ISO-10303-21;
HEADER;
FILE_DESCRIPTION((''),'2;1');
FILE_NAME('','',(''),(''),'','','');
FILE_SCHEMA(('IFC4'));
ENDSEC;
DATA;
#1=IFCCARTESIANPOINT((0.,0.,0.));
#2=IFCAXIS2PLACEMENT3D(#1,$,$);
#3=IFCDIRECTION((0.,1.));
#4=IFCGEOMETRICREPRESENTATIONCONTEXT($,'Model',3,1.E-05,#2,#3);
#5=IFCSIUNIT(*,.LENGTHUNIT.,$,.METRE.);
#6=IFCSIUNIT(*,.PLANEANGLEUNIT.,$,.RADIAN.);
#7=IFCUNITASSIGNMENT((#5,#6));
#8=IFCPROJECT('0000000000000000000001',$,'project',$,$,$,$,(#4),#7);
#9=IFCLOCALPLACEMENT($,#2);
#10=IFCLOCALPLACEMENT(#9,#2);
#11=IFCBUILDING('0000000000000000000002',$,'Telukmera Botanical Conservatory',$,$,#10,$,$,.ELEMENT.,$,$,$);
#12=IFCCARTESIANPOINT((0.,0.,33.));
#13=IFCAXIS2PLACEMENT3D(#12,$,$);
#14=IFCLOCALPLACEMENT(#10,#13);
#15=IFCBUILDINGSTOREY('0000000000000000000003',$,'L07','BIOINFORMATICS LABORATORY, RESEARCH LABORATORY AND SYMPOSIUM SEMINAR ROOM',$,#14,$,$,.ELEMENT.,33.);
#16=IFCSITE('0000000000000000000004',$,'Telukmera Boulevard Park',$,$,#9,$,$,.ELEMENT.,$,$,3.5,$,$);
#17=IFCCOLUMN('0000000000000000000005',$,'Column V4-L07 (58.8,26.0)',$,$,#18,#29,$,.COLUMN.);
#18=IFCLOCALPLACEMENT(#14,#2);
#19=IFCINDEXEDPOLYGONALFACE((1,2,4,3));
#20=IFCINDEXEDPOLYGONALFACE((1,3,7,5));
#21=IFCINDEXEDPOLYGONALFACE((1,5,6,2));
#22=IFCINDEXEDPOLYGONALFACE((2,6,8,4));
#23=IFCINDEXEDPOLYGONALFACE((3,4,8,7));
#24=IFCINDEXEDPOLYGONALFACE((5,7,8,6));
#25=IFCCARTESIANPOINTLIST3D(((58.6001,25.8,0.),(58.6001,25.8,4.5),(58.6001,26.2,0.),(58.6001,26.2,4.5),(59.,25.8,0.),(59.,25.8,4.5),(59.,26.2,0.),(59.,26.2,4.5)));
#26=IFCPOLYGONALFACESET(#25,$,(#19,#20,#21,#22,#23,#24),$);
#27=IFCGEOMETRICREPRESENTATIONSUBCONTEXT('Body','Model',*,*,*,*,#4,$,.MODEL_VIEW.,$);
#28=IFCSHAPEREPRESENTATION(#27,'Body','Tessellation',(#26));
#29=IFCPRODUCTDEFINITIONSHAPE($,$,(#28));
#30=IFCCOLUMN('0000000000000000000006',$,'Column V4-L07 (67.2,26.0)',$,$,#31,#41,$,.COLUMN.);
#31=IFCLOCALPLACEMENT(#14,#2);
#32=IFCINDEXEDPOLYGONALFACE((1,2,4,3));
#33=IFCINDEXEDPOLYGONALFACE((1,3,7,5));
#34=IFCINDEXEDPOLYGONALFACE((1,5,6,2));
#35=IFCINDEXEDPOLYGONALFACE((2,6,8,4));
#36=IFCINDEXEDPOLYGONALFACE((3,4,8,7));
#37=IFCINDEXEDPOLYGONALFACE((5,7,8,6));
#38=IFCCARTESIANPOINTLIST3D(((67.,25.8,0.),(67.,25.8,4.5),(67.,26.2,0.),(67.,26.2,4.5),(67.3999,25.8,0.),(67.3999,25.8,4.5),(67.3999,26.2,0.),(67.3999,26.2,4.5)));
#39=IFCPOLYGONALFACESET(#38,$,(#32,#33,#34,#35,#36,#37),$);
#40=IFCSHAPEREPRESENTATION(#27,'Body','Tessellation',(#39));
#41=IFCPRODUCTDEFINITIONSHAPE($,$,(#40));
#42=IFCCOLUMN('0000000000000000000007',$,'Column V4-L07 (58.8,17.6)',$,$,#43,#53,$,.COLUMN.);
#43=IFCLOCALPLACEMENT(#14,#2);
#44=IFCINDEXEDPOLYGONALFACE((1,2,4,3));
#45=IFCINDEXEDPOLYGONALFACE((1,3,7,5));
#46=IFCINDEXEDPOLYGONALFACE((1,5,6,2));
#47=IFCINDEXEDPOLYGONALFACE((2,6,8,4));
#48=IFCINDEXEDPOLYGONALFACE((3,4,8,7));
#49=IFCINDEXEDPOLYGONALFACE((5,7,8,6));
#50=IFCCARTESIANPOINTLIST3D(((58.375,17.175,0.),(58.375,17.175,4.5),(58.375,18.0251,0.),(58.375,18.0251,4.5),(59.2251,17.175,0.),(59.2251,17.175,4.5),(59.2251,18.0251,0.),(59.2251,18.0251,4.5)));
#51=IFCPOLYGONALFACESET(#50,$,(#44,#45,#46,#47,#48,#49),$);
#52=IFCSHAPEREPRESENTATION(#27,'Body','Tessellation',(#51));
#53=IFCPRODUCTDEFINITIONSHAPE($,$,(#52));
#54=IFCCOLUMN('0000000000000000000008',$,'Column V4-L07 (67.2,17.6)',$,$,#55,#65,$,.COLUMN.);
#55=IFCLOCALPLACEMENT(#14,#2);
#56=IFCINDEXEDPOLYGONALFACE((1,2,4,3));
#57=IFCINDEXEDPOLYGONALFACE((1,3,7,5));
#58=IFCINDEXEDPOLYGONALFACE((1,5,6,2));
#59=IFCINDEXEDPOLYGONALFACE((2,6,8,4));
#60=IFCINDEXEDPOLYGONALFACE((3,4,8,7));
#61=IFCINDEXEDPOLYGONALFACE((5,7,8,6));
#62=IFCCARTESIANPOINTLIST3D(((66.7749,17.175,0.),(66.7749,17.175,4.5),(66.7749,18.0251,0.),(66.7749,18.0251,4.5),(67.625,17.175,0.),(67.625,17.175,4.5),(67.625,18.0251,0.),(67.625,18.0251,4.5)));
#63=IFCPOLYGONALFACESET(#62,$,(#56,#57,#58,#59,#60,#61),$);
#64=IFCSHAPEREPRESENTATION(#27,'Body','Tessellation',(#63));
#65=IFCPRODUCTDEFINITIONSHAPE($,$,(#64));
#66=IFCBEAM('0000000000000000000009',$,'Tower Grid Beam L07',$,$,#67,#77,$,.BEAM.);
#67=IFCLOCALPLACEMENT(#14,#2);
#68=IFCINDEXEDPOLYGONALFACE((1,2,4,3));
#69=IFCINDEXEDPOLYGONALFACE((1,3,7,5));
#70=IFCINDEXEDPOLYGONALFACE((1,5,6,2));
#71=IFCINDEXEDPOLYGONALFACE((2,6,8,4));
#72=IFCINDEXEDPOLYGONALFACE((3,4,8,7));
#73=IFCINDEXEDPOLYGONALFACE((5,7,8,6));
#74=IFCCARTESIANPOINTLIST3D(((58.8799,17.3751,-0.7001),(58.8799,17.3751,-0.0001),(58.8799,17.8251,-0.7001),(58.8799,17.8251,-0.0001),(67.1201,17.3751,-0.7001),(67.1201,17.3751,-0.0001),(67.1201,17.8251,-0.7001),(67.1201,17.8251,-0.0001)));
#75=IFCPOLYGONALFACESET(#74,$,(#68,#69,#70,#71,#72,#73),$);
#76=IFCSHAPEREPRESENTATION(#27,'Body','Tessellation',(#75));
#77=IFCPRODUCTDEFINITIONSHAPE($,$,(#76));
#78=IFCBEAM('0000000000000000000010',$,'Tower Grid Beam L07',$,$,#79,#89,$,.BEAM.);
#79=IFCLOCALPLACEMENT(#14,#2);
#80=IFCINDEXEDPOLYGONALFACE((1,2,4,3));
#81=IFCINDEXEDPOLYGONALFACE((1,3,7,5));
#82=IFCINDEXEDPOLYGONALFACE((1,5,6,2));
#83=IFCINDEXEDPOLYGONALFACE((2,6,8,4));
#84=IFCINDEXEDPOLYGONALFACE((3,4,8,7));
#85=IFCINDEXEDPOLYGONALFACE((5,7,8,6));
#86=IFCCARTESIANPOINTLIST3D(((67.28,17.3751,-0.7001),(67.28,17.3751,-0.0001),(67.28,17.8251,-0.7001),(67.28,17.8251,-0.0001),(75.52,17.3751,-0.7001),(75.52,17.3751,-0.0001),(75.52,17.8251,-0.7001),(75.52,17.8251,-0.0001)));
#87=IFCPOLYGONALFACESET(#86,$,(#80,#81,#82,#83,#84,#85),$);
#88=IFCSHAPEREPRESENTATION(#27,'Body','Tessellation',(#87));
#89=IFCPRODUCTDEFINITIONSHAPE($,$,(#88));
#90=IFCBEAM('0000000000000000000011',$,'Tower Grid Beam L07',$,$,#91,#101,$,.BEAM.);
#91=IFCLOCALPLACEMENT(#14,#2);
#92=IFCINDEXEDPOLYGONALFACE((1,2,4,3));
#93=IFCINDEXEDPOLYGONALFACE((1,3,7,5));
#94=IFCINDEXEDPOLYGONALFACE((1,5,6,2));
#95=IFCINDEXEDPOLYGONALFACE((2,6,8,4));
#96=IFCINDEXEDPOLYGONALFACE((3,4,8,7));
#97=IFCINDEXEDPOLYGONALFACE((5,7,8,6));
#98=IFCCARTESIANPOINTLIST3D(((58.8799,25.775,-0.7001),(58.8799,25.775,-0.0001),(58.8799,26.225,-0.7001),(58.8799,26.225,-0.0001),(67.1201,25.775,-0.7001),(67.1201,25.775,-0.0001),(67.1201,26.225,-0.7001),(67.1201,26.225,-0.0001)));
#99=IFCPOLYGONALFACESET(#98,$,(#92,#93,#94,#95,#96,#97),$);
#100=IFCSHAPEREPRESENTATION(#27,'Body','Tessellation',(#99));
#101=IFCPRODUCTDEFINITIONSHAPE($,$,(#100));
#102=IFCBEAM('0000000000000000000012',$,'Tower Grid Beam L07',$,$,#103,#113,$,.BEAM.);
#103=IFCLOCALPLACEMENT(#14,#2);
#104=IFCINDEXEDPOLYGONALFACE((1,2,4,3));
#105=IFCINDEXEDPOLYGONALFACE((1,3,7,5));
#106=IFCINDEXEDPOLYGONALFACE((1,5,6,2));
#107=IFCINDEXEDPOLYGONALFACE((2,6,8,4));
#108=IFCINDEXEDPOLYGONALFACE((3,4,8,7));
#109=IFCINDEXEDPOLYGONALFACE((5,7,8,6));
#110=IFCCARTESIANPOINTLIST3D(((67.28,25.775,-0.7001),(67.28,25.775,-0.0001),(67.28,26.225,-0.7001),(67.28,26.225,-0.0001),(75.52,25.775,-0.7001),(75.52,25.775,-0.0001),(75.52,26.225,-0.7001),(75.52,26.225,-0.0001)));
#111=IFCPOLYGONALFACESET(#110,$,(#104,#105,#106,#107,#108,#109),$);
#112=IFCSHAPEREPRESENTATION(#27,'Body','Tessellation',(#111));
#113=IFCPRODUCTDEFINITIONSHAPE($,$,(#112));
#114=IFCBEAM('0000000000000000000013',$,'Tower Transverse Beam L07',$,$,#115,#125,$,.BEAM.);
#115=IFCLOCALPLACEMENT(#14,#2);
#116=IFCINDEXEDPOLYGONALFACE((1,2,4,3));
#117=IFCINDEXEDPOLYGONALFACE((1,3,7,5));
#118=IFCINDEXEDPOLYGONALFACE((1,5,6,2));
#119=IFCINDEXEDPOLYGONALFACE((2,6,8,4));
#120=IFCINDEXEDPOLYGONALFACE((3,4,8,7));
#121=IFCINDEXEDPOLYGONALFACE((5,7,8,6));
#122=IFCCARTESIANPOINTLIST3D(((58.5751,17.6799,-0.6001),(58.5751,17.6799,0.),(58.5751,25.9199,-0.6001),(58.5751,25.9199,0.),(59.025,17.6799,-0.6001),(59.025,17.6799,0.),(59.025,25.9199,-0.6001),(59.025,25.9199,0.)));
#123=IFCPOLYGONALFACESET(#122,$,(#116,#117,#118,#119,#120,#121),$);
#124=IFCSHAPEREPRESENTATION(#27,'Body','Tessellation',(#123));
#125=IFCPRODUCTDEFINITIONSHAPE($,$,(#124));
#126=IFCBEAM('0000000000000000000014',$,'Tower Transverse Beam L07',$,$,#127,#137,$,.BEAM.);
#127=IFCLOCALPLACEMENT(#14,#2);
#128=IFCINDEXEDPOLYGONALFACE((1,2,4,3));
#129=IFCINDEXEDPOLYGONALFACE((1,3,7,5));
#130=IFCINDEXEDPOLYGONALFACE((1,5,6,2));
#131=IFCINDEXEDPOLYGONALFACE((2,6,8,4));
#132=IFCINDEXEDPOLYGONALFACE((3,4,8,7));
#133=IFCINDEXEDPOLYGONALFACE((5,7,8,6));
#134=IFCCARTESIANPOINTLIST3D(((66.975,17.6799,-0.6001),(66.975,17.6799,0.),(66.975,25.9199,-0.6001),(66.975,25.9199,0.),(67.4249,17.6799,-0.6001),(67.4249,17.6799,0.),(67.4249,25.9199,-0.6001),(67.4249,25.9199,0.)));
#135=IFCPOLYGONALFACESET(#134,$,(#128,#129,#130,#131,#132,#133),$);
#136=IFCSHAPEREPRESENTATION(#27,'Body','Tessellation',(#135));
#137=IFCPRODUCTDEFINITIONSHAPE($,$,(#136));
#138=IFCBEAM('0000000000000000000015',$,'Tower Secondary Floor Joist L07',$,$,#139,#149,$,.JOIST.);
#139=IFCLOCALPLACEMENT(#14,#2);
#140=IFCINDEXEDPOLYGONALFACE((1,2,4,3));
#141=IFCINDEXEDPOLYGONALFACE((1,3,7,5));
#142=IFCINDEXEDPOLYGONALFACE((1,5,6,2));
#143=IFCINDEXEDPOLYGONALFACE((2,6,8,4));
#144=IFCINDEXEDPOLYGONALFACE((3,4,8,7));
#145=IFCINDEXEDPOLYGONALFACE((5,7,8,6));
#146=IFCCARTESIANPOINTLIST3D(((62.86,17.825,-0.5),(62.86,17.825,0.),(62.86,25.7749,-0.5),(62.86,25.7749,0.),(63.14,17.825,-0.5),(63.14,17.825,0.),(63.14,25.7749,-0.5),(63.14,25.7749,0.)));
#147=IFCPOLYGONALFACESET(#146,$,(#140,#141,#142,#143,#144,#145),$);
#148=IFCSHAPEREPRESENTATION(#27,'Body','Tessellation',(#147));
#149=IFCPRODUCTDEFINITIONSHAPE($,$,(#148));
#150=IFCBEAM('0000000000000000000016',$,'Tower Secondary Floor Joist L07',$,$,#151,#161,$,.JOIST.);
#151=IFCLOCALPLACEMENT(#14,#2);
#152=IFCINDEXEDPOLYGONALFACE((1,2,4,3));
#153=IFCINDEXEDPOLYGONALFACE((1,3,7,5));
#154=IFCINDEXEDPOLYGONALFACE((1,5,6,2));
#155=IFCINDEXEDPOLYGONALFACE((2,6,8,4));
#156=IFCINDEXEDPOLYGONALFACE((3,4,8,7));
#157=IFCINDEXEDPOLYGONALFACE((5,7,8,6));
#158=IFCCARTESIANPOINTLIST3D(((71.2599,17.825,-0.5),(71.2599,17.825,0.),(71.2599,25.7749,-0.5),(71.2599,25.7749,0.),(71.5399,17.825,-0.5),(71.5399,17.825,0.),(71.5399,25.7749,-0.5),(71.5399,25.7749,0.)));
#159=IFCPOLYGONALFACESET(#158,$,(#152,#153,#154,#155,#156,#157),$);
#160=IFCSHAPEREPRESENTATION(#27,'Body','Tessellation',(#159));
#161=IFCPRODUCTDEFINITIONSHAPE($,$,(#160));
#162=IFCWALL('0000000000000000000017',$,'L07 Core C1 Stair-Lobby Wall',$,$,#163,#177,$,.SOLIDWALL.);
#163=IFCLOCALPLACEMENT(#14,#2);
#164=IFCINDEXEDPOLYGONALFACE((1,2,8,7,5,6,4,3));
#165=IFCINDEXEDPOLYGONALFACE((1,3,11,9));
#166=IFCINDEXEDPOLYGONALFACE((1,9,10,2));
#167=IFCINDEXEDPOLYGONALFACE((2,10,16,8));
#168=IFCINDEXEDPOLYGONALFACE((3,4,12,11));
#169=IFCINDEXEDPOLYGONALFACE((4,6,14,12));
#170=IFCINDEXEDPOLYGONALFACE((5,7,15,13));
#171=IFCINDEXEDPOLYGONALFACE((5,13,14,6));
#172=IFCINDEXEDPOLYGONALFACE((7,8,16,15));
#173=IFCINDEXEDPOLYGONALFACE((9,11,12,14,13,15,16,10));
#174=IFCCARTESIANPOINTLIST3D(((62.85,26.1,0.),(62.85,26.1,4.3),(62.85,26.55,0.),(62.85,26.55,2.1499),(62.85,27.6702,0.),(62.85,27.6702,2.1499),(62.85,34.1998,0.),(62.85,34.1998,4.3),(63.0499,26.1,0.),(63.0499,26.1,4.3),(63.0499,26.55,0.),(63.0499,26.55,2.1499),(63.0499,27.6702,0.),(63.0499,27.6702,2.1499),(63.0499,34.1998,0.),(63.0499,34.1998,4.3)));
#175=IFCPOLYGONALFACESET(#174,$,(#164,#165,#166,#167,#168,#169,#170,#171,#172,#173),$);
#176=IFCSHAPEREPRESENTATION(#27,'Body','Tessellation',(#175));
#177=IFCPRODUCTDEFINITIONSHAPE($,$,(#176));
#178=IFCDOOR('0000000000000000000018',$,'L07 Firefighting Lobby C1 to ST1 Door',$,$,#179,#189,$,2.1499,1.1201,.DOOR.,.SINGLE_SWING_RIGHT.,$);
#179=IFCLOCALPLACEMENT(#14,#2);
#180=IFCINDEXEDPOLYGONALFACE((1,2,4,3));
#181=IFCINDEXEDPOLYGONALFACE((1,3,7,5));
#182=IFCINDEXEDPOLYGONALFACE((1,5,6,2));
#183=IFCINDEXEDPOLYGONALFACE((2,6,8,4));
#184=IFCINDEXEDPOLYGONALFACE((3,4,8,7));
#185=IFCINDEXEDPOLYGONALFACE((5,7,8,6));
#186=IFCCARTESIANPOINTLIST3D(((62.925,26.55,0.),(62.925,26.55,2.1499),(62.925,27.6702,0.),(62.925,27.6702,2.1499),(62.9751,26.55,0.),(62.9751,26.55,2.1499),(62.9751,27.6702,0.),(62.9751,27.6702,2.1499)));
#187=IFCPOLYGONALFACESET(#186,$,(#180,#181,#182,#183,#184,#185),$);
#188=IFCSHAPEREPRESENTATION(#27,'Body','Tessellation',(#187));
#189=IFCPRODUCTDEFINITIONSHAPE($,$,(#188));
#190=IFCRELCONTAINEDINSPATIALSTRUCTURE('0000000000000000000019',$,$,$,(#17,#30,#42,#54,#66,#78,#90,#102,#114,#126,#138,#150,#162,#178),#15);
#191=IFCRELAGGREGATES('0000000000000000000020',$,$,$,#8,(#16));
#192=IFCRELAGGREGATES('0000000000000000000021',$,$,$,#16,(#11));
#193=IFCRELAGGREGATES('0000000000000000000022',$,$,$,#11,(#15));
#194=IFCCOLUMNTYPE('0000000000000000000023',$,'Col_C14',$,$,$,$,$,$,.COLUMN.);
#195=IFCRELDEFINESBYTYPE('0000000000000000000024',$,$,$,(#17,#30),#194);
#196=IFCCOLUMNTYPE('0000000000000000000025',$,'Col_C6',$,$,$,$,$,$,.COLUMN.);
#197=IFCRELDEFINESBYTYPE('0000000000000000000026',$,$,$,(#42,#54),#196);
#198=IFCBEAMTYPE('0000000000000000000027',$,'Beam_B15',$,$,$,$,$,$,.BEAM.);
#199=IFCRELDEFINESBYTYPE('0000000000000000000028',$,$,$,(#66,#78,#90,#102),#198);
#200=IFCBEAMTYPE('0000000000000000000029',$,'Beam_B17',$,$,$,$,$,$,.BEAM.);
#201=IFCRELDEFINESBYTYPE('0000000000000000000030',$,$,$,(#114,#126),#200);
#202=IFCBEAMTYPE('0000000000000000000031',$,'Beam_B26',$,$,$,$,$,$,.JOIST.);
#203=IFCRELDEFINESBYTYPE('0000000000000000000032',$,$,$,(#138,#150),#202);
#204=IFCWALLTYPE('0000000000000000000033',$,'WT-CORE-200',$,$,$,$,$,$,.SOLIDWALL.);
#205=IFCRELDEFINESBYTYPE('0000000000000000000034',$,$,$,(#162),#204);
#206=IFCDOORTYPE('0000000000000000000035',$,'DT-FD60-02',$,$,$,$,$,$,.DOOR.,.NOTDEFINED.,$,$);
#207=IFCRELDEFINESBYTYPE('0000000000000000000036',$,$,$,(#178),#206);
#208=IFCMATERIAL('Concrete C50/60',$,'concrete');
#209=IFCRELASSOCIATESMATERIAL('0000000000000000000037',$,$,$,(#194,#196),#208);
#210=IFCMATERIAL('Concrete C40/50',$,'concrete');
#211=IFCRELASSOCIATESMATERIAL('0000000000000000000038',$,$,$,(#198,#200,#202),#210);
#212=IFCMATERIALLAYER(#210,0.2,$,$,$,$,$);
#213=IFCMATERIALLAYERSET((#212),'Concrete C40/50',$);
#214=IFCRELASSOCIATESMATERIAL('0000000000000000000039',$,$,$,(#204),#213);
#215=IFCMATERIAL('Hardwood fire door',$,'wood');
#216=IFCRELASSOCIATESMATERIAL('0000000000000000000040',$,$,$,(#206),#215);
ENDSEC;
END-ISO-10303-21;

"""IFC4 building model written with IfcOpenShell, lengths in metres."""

from ifc_helpers import new_model, si_unit, direction, frame, frame_2d, origin, origin_2d, place, context, subcontext, project, spatial, rectangle, extrude, material, layer, layer_set, material_profile, profile_set, type_object, element, fill, save


model = new_model("IFC4")

# Units and contexts
model_context = context("Model", 3, precision=1e-05, world=origin(), true_north=direction((0.0, 1.0)))
body_context = subcontext(model_context, "Body", "Model", "MODEL_VIEW")
ifc_project = project(units=[si_unit("LENGTHUNIT", "METRE"), si_unit("PLANEANGLEUNIT", "RADIAN")], contexts=[model_context])

# Site, building, storey
site_placement = place(None, origin())
site = spatial("IfcSite", under=ifc_project, at=site_placement, Name="Telukmera Boulevard Park", CompositionType="ELEMENT", RefElevation=3.5)
building_placement = place(site_placement, origin())
building = spatial("IfcBuilding", under=site, at=building_placement, Name="Telukmera Botanical Conservatory", CompositionType="ELEMENT")
storey_placement = place(building_placement, frame((0.0, 0.0, 33.0)))
storey = spatial("IfcBuildingStorey", under=building, at=storey_placement, Name="L07", Description="BIOINFORMATICS LABORATORY, RESEARCH LABORATORY AND SYMPOSIUM SEMINAR ROOM", CompositionType="ELEMENT", Elevation=33.0)

# Columns
ifc_material_1 = material(Name="Concrete C50/60", Category="concrete")
ifc_material_profile_1 = material_profile(ifc_material_1, rectangle(XDim=0.3999, YDim=0.3999, at=origin_2d()), Name="RC 400x400")
ifc_profile_set_1 = profile_set([ifc_material_profile_1], Name="Concrete C50/60")
column_type_1 = type_object("IfcColumnType", Name="Col_C14", PredefinedType="COLUMN", material=ifc_profile_set_1)
for number, where, z_axis, x_axis, name in (
    (1, (58.8, 26.0, 0.0), (0.0, 0.0, 1.0), (1.0, 0.0, 0.0), "Column V4-L07 (58.8,26.0)"),
    (2, (67.2, 26.0, 0.0), (0.0, 0.0, 1.0), (1.0, 0.0, 0.0), "Column V4-L07 (67.2,26.0)"),
):
    element("IfcColumn", number, at=place(storey_placement, frame(where, z_axis=z_axis, x_axis=x_axis)), inside=storey, type_object=column_type_1, Name=name, PredefinedType="COLUMN", context=body_context, shape_type="SweptSolid", body=[
        extrude(rectangle(XDim=0.3999, YDim=0.3999, at=origin_2d()), origin(), (0.0, 0.0, 1.0), 4.5),
    ])
ifc_material_profile_2 = material_profile(ifc_material_1, rectangle(XDim=0.8501, YDim=0.8501, at=origin_2d()), Name="RC 850x850")
ifc_profile_set_2 = profile_set([ifc_material_profile_2], Name="Concrete C50/60")
column_type_2 = type_object("IfcColumnType", Name="Col_C6", PredefinedType="COLUMN", material=ifc_profile_set_2)
for number, where, z_axis, x_axis, name in (
    (3, (58.8, 17.6001, 0.0), (0.0, 0.0, 1.0), (1.0, 0.0, 0.0), "Column V4-L07 (58.8,17.6)"),
    (4, (67.2, 17.6001, 0.0), (0.0, 0.0, 1.0), (1.0, 0.0, 0.0), "Column V4-L07 (67.2,17.6)"),
):
    element("IfcColumn", number, at=place(storey_placement, frame(where, z_axis=z_axis, x_axis=x_axis)), inside=storey, type_object=column_type_2, Name=name, PredefinedType="COLUMN", context=body_context, shape_type="SweptSolid", body=[
        extrude(rectangle(XDim=0.8501, YDim=0.8501, at=origin_2d()), origin(), (0.0, 0.0, 1.0), 4.5),
    ])

# Beams
ifc_material_2 = material(Name="Concrete C40/50", Category="concrete")
ifc_material_profile_3 = material_profile(ifc_material_2, rectangle(XDim=0.45, YDim=0.7, at=origin_2d()), Name="RC 450x700")
ifc_profile_set_3 = profile_set([ifc_material_profile_3], Name="Concrete C40/50")
beam_type_1 = type_object("IfcBeamType", Name="Beam_B15", PredefinedType="BEAM", material=ifc_profile_set_3)
beam_1_placement = place(storey_placement, frame((58.8799, 17.6001, -0.3501), z_axis=(1.0, 0.0, 0.0), x_axis=(0.0, 1.0, 0.0)))
element("IfcBeam", 5, at=beam_1_placement, inside=storey, type_object=beam_type_1, Name="Tower Grid Beam L07", PredefinedType="BEAM", context=body_context, shape_type="SweptSolid", body=[
    extrude(rectangle(XDim=0.45, YDim=0.7, at=origin_2d()), origin(), (0.0, 0.0, 1.0), 8.2402),
])
beam_2_placement = place(storey_placement, frame((67.28, 17.6001, -0.3501), z_axis=(1.0, 0.0, 0.0), x_axis=(0.0, 1.0, 0.0)))
element("IfcBeam", 6, at=beam_2_placement, inside=storey, type_object=beam_type_1, Name="Tower Grid Beam L07", PredefinedType="BEAM", context=body_context, shape_type="SweptSolid", body=[
    extrude(rectangle(XDim=0.45, YDim=0.7, at=origin_2d()), origin(), (0.0, 0.0, 1.0), 8.24),
])
beam_3_placement = place(storey_placement, frame((58.8799, 26.0, -0.3501), z_axis=(1.0, 0.0, 0.0), x_axis=(0.0, 1.0, 0.0)))
element("IfcBeam", 7, at=beam_3_placement, inside=storey, type_object=beam_type_1, Name="Tower Grid Beam L07", PredefinedType="BEAM", context=body_context, shape_type="SweptSolid", body=[
    extrude(rectangle(XDim=0.45, YDim=0.7, at=origin_2d()), origin(), (0.0, 0.0, 1.0), 8.2402),
])
beam_4_placement = place(storey_placement, frame((67.28, 26.0, -0.3501), z_axis=(1.0, 0.0, 0.0), x_axis=(0.0, 1.0, 0.0)))
element("IfcBeam", 8, at=beam_4_placement, inside=storey, type_object=beam_type_1, Name="Tower Grid Beam L07", PredefinedType="BEAM", context=body_context, shape_type="SweptSolid", body=[
    extrude(rectangle(XDim=0.45, YDim=0.7, at=origin_2d()), origin(), (0.0, 0.0, 1.0), 8.24),
])
ifc_material_profile_4 = material_profile(ifc_material_2, rectangle(XDim=0.45, YDim=0.6001, at=origin_2d()), Name="RC 450x600")
ifc_profile_set_4 = profile_set([ifc_material_profile_4], Name="Concrete C40/50")
beam_type_2 = type_object("IfcBeamType", Name="Beam_B17", PredefinedType="BEAM", material=ifc_profile_set_4)
for number, where, z_axis, x_axis, name in (
    (9, (58.8, 17.6799, -0.3), (0.0, 1.0, 0.0), (-1.0, 0.0, 0.0), "Tower Transverse Beam L07"),
    (10, (67.2, 17.6799, -0.3), (0.0, 1.0, 0.0), (-1.0, 0.0, 0.0), "Tower Transverse Beam L07"),
):
    element("IfcBeam", number, at=place(storey_placement, frame(where, z_axis=z_axis, x_axis=x_axis)), inside=storey, type_object=beam_type_2, Name=name, PredefinedType="BEAM", context=body_context, shape_type="SweptSolid", body=[
        extrude(rectangle(XDim=0.45, YDim=0.6001, at=origin_2d()), origin(), (0.0, 0.0, 1.0), 8.24),
    ])
ifc_material_profile_5 = material_profile(ifc_material_2, rectangle(XDim=0.28, YDim=0.5, at=origin_2d()), Name="RC 280x500")
ifc_profile_set_5 = profile_set([ifc_material_profile_5], Name="Concrete C40/50")
beam_type_3 = type_object("IfcBeamType", Name="Beam_B26", PredefinedType="JOIST", material=ifc_profile_set_5)
for number, where, z_axis, x_axis, name in (
    (11, (63.0, 17.825, -0.25), (0.0, 1.0, 0.0), (-1.0, 0.0, 0.0), "Tower Secondary Floor Joist L07"),
    (12, (71.3999, 17.825, -0.25), (0.0, 1.0, 0.0), (-1.0, 0.0, 0.0), "Tower Secondary Floor Joist L07"),
):
    element("IfcBeam", number, at=place(storey_placement, frame(where, z_axis=z_axis, x_axis=x_axis)), inside=storey, type_object=beam_type_3, Name=name, PredefinedType="JOIST", context=body_context, shape_type="SweptSolid", body=[
        extrude(rectangle(XDim=0.28, YDim=0.5, at=origin_2d()), origin(), (0.0, 0.0, 1.0), 7.95),
    ])

# Shared definitions
ifc_layer_1 = layer(ifc_material_2, 0.2)
ifc_layer_set_1 = layer_set([ifc_layer_1], Name="Concrete C40/50")
wall_type_1 = type_object("IfcWallType", Name="WT-CORE-200", PredefinedType="SOLIDWALL", material=ifc_layer_set_1)
ifc_material_3 = material(Name="Hardwood fire door", Category="wood")

# Wall, opening, door
wall_1_placement = place(storey_placement, frame((62.95, 26.1001, 0.0), z_axis=(0.0, 0.0, 1.0), x_axis=(0.0, 1.0, 0.0)))
wall_1 = element("IfcWall", 13, at=wall_1_placement, inside=storey, type_object=wall_type_1, Name="L07 Core C1 Stair-Lobby Wall", PredefinedType="SOLIDWALL", context=body_context, shape_type="SweptSolid", body=[
    extrude(rectangle(XDim=8.0999, YDim=0.2, at=frame_2d((4.0498, 0.0))), origin(), (0.0, 0.0, 1.0), 4.3),
])
opening_1_placement = place(wall_1_placement, frame((0.45, 0.0, 0.0)))
opening_1 = element("IfcOpeningElement", 14, at=opening_1_placement, cuts=wall_1, PredefinedType="OPENING", context=body_context, shape_type="SweptSolid", body=[
    extrude(rectangle(XDim=1.1201, YDim=2.1499, at=frame_2d((0.5601, 1.075))), frame((0.0, 0.1099, 0.0), z_axis=(0.0, -1.0, 0.0), x_axis=(1.0, 0.0, 0.0)), (0.0, 0.0, 1.0), 0.22),
])
door_type_1 = type_object("IfcDoorType", Name="DT-FD60-02", OperationType="NOTDEFINED", PredefinedType="DOOR", material=ifc_material_3)
door_1_placement = place(opening_1_placement, origin())
door_1 = element("IfcDoor", 15, at=door_1_placement, inside=storey, type_object=door_type_1, Name="L07 Firefighting Lobby C1 to ST1 Door", OperationType="SINGLE_SWING_RIGHT", OverallHeight=2.1499, OverallWidth=1.1201, PredefinedType="DOOR", context=body_context, shape_type="SweptSolid", body=[
    extrude(rectangle(XDim=1.1201, YDim=2.1499, at=frame_2d((0.5601, 1.075))), frame((0.0, 0.0249, 0.0), z_axis=(0.0, -1.0, 0.0), x_axis=(1.0, 0.0, 0.0)), (0.0, 0.0, 1.0), 0.05),
])
fill(opening_1, door_1)

save(model, "model.ifc")
